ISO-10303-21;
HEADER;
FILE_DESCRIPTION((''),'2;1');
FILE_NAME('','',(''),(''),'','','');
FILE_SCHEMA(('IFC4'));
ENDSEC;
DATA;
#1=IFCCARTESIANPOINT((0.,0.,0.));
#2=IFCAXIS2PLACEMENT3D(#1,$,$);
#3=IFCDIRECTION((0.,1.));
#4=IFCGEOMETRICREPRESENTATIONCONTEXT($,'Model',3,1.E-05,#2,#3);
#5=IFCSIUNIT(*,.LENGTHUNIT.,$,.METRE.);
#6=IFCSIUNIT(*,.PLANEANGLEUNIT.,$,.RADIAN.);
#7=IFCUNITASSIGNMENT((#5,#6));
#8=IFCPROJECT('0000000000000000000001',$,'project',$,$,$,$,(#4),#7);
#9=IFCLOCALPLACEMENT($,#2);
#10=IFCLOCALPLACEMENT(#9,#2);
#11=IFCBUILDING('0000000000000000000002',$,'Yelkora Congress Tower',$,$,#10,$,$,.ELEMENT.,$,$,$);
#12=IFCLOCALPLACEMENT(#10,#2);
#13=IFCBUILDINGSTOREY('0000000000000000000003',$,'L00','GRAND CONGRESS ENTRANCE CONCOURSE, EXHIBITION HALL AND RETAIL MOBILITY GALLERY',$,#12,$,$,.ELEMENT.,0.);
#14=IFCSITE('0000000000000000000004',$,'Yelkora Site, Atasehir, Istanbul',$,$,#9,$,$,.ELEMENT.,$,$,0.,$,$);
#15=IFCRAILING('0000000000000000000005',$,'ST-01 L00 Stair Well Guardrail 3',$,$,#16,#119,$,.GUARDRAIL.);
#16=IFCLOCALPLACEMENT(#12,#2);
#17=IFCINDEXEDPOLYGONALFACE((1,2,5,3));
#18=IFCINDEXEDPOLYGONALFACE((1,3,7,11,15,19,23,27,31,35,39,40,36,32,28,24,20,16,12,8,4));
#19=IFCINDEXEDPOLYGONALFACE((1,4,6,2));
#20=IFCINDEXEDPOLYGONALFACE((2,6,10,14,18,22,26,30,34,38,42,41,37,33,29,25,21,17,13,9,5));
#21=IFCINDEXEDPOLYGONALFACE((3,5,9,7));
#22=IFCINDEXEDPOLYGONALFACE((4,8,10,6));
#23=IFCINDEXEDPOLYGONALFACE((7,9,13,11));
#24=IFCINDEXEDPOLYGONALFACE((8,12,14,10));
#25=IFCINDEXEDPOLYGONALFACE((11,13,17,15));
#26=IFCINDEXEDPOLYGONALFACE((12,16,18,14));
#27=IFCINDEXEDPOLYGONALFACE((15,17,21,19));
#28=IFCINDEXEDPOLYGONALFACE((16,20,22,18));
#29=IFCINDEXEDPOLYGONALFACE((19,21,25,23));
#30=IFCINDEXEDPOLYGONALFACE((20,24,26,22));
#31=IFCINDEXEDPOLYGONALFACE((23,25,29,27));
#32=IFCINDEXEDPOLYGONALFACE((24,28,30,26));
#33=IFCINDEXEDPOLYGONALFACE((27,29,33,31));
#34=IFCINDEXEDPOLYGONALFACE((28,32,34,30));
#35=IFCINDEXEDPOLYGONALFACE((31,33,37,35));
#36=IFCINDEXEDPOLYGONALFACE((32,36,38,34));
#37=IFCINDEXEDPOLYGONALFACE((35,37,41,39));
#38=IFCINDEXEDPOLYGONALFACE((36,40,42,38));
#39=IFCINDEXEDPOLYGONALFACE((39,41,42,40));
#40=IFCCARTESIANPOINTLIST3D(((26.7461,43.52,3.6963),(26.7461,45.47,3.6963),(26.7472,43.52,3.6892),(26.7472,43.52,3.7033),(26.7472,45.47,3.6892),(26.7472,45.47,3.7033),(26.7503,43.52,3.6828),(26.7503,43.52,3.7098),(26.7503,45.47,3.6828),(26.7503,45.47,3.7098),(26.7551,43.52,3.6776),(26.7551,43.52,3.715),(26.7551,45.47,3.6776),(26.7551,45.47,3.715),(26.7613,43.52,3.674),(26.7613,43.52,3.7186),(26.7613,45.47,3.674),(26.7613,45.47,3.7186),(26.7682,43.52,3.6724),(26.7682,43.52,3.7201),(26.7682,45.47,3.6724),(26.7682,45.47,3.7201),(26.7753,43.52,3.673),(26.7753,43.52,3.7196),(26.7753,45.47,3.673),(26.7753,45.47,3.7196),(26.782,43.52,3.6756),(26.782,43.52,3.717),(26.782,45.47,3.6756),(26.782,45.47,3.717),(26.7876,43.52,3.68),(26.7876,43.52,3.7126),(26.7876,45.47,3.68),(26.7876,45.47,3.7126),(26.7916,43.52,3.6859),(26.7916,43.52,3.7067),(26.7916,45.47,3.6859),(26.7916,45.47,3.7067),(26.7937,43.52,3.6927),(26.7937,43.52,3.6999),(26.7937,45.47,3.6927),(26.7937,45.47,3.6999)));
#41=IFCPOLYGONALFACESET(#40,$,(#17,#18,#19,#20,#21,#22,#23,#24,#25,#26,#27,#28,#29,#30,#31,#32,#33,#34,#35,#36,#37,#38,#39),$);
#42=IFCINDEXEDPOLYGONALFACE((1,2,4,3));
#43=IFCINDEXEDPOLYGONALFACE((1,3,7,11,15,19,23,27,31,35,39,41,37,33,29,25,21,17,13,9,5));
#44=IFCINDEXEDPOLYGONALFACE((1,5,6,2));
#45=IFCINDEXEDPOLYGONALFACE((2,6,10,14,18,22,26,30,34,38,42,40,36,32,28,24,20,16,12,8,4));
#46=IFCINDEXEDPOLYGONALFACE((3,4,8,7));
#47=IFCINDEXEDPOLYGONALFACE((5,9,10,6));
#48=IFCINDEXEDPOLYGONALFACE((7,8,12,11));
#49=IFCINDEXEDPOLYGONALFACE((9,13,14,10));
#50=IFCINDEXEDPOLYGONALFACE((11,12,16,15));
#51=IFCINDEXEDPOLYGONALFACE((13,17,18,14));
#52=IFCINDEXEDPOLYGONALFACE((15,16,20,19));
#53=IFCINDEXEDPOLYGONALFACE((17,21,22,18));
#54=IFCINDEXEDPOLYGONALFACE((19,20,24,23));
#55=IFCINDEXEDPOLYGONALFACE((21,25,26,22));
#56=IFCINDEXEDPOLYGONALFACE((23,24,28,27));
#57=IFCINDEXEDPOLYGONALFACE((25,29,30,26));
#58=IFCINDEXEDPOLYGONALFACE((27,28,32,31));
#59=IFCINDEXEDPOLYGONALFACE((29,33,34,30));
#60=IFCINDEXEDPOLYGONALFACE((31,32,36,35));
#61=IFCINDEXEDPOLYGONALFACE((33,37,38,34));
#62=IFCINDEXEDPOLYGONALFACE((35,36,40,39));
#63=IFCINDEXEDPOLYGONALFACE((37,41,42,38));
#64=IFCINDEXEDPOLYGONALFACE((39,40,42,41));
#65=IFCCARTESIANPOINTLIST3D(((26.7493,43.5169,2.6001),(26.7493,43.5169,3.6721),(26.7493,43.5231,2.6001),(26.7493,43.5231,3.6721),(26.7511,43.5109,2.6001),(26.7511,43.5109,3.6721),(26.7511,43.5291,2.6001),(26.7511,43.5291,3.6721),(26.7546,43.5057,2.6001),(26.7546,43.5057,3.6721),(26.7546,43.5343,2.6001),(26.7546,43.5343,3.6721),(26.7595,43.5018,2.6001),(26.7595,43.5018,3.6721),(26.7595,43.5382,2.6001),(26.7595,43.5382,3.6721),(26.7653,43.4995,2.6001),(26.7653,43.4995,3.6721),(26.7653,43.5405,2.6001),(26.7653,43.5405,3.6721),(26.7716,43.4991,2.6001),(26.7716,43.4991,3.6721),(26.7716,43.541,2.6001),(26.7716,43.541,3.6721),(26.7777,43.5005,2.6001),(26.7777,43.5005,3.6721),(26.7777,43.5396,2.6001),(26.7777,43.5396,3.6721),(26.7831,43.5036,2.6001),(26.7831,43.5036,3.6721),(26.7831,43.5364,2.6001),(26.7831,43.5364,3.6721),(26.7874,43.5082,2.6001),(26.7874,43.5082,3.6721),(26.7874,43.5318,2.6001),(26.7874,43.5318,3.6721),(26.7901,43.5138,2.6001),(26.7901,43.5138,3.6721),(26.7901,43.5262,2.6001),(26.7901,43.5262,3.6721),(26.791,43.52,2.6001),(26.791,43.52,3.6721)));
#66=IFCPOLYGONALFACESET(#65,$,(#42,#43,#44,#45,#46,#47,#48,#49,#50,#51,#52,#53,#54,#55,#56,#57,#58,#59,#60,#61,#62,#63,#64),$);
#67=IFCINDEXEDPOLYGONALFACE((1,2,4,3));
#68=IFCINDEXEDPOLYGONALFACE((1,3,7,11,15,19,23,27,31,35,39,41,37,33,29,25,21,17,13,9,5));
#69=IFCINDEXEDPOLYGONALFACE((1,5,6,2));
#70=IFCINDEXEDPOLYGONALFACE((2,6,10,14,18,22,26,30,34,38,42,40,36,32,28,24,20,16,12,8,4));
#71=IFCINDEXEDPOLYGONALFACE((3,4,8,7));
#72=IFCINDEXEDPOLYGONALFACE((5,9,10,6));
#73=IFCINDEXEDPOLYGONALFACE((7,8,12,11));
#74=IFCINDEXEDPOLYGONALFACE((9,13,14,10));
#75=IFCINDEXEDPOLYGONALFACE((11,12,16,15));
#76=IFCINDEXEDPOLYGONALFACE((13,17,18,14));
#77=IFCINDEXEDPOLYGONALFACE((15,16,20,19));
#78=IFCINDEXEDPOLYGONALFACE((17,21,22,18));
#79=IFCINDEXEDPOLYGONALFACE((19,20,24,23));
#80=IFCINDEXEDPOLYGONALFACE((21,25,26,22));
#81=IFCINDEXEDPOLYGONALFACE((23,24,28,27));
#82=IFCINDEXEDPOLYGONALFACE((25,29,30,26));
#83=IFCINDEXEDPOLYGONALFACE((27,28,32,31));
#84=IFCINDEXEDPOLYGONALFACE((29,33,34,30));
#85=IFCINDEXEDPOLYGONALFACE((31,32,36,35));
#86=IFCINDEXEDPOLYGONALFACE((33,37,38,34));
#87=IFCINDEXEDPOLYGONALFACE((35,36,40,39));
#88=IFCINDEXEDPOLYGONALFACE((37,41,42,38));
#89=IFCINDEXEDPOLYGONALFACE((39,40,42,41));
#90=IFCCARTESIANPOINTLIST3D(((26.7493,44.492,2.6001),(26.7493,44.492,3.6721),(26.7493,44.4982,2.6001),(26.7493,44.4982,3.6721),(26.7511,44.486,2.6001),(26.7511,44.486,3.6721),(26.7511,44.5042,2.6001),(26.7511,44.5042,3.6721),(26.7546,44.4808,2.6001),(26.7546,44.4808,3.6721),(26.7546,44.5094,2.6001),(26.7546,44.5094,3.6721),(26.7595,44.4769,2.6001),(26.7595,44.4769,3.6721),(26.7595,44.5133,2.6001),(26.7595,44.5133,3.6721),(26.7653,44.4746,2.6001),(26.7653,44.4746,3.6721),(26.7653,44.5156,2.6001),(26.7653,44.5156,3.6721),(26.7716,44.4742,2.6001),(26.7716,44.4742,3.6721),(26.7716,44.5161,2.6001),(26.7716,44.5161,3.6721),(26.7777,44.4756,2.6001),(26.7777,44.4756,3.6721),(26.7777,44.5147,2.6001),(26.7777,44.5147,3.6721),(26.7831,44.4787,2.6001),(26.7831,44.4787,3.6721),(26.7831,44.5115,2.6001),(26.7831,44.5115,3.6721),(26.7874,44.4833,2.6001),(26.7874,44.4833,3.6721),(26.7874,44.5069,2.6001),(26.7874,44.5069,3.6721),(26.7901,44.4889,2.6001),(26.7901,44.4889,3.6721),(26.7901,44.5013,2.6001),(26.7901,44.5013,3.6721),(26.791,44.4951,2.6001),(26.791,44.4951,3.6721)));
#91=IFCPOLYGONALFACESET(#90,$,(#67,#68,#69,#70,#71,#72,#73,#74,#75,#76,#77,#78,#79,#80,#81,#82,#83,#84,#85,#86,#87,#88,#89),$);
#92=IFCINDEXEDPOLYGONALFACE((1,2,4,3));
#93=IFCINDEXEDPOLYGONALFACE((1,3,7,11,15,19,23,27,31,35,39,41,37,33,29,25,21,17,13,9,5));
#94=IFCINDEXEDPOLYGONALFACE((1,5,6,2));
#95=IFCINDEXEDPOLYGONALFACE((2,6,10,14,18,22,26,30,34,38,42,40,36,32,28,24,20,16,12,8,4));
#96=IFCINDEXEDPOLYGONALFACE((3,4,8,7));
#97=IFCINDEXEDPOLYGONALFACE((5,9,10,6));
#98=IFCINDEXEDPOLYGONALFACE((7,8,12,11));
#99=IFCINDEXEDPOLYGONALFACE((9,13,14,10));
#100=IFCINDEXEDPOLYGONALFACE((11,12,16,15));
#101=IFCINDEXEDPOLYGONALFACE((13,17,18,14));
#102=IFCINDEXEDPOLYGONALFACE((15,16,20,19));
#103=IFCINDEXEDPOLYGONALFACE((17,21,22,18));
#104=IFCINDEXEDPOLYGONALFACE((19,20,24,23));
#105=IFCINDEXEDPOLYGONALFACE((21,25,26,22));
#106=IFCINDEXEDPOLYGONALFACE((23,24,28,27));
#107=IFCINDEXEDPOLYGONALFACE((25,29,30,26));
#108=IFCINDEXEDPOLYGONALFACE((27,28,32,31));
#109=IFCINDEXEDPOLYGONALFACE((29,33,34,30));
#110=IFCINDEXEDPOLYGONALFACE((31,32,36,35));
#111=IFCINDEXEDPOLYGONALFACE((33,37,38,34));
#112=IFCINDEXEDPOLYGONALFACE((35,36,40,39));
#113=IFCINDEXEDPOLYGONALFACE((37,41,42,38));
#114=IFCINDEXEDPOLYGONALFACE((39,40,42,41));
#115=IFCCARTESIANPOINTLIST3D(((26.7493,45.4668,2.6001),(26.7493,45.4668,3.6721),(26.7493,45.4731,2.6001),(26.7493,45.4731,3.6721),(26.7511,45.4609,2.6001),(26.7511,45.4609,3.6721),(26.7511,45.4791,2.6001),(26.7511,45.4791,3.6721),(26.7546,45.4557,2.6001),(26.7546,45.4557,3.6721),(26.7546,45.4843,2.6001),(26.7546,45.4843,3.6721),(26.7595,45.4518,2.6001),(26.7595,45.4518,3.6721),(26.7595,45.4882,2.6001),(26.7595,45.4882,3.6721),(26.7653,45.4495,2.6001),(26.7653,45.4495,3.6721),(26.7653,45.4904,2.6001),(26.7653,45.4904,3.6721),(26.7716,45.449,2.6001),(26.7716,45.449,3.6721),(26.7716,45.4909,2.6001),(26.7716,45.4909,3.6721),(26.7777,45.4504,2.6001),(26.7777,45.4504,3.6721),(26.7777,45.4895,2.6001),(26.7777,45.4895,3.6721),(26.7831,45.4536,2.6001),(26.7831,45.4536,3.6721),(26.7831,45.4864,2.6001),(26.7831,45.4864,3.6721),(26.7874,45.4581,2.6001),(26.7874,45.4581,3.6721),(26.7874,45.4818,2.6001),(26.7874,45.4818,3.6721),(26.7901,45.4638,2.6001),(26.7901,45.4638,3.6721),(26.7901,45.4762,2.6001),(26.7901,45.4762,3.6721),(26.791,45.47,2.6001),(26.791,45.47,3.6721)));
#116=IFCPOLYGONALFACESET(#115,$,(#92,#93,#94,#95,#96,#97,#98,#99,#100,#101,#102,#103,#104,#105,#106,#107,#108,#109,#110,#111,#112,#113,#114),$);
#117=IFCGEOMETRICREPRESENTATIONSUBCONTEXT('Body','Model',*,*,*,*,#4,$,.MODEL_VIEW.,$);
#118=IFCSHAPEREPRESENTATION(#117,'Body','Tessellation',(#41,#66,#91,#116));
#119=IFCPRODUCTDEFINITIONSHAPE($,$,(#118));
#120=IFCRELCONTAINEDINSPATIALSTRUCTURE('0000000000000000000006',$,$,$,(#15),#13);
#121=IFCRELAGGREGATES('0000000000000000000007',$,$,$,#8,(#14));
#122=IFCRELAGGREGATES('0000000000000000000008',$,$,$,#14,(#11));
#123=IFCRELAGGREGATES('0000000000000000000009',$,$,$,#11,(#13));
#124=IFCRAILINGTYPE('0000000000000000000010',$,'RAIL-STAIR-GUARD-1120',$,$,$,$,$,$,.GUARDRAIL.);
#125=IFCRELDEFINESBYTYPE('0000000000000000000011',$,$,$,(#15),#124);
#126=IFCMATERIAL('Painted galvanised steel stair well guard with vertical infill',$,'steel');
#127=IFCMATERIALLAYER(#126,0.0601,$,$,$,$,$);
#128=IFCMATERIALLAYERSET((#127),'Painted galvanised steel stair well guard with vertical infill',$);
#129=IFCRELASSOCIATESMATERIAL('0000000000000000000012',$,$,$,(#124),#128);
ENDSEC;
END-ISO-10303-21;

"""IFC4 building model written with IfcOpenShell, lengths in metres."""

from ifc_helpers import new_model, si_unit, direction, frame, origin, origin_2d, place, context, subcontext, project, spatial, circle, extrude, material, layer, layer_set, type_object, element, save


model = new_model("IFC4")

# Units and contexts
model_context = context("Model", 3, precision=1e-05, world=origin(), true_north=direction((0.0, 1.0)))
body_context = subcontext(model_context, "Body", "Model", "MODEL_VIEW")
ifc_project = project(units=[si_unit("LENGTHUNIT", "METRE"), si_unit("PLANEANGLEUNIT", "RADIAN")], contexts=[model_context])

# Site, building, storey
site_placement = place(None, origin())
site = spatial("IfcSite", under=ifc_project, at=site_placement, Name="Yelkora Site, Atasehir, Istanbul", CompositionType="ELEMENT", RefElevation=0.0)
building_placement = place(site_placement, origin())
building = spatial("IfcBuilding", under=site, at=building_placement, Name="Yelkora Congress Tower", CompositionType="ELEMENT")
storey_placement = place(building_placement, origin())
storey = spatial("IfcBuildingStorey", under=building, at=storey_placement, Name="L00", Description="GRAND CONGRESS ENTRANCE CONCOURSE, EXHIBITION HALL AND RETAIL MOBILITY GALLERY", CompositionType="ELEMENT", Elevation=0.0)

# Railing
ifc_material_1 = material(Name="Painted galvanised steel stair well guard with vertical infill", Category="steel")
ifc_layer_1 = layer(ifc_material_1, 0.0601)
ifc_layer_set_1 = layer_set([ifc_layer_1], Name="Painted galvanised steel stair well guard with vertical infill")
railing_type_1 = type_object("IfcRailingType", Name="RAIL-STAIR-GUARD-1120", PredefinedType="GUARDRAIL", material=ifc_layer_set_1)
railing_1_placement = place(storey_placement, frame((26.77, 43.52, 2.6001)))
element("IfcRailing", 1, at=railing_1_placement, inside=storey, type_object=railing_type_1, Name="ST-01 L00 Stair Well Guardrail 3", PredefinedType="GUARDRAIL", context=body_context, shape_type="SweptSolid", body=[
    extrude(circle(Radius=0.0239, at=origin_2d()), frame((0.0, 0.0, 1.0962), z_axis=(0.0, 1.0, 0.0), x_axis=(-1.0, 0.0, 0.0)), (0.0, 0.0, 1.0), 1.95),
    extrude(circle(Radius=0.021, at=origin_2d()), origin(), (0.0, 0.0, 1.0), 1.072),
    extrude(circle(Radius=0.021, at=origin_2d()), frame((0.0, 0.9751, 0.0)), (0.0, 0.0, 1.0), 1.072),
    extrude(circle(Radius=0.021, at=origin_2d()), frame((0.0, 1.95, 0.0)), (0.0, 0.0, 1.0), 1.072),
])

save(model, "model.ifc")
